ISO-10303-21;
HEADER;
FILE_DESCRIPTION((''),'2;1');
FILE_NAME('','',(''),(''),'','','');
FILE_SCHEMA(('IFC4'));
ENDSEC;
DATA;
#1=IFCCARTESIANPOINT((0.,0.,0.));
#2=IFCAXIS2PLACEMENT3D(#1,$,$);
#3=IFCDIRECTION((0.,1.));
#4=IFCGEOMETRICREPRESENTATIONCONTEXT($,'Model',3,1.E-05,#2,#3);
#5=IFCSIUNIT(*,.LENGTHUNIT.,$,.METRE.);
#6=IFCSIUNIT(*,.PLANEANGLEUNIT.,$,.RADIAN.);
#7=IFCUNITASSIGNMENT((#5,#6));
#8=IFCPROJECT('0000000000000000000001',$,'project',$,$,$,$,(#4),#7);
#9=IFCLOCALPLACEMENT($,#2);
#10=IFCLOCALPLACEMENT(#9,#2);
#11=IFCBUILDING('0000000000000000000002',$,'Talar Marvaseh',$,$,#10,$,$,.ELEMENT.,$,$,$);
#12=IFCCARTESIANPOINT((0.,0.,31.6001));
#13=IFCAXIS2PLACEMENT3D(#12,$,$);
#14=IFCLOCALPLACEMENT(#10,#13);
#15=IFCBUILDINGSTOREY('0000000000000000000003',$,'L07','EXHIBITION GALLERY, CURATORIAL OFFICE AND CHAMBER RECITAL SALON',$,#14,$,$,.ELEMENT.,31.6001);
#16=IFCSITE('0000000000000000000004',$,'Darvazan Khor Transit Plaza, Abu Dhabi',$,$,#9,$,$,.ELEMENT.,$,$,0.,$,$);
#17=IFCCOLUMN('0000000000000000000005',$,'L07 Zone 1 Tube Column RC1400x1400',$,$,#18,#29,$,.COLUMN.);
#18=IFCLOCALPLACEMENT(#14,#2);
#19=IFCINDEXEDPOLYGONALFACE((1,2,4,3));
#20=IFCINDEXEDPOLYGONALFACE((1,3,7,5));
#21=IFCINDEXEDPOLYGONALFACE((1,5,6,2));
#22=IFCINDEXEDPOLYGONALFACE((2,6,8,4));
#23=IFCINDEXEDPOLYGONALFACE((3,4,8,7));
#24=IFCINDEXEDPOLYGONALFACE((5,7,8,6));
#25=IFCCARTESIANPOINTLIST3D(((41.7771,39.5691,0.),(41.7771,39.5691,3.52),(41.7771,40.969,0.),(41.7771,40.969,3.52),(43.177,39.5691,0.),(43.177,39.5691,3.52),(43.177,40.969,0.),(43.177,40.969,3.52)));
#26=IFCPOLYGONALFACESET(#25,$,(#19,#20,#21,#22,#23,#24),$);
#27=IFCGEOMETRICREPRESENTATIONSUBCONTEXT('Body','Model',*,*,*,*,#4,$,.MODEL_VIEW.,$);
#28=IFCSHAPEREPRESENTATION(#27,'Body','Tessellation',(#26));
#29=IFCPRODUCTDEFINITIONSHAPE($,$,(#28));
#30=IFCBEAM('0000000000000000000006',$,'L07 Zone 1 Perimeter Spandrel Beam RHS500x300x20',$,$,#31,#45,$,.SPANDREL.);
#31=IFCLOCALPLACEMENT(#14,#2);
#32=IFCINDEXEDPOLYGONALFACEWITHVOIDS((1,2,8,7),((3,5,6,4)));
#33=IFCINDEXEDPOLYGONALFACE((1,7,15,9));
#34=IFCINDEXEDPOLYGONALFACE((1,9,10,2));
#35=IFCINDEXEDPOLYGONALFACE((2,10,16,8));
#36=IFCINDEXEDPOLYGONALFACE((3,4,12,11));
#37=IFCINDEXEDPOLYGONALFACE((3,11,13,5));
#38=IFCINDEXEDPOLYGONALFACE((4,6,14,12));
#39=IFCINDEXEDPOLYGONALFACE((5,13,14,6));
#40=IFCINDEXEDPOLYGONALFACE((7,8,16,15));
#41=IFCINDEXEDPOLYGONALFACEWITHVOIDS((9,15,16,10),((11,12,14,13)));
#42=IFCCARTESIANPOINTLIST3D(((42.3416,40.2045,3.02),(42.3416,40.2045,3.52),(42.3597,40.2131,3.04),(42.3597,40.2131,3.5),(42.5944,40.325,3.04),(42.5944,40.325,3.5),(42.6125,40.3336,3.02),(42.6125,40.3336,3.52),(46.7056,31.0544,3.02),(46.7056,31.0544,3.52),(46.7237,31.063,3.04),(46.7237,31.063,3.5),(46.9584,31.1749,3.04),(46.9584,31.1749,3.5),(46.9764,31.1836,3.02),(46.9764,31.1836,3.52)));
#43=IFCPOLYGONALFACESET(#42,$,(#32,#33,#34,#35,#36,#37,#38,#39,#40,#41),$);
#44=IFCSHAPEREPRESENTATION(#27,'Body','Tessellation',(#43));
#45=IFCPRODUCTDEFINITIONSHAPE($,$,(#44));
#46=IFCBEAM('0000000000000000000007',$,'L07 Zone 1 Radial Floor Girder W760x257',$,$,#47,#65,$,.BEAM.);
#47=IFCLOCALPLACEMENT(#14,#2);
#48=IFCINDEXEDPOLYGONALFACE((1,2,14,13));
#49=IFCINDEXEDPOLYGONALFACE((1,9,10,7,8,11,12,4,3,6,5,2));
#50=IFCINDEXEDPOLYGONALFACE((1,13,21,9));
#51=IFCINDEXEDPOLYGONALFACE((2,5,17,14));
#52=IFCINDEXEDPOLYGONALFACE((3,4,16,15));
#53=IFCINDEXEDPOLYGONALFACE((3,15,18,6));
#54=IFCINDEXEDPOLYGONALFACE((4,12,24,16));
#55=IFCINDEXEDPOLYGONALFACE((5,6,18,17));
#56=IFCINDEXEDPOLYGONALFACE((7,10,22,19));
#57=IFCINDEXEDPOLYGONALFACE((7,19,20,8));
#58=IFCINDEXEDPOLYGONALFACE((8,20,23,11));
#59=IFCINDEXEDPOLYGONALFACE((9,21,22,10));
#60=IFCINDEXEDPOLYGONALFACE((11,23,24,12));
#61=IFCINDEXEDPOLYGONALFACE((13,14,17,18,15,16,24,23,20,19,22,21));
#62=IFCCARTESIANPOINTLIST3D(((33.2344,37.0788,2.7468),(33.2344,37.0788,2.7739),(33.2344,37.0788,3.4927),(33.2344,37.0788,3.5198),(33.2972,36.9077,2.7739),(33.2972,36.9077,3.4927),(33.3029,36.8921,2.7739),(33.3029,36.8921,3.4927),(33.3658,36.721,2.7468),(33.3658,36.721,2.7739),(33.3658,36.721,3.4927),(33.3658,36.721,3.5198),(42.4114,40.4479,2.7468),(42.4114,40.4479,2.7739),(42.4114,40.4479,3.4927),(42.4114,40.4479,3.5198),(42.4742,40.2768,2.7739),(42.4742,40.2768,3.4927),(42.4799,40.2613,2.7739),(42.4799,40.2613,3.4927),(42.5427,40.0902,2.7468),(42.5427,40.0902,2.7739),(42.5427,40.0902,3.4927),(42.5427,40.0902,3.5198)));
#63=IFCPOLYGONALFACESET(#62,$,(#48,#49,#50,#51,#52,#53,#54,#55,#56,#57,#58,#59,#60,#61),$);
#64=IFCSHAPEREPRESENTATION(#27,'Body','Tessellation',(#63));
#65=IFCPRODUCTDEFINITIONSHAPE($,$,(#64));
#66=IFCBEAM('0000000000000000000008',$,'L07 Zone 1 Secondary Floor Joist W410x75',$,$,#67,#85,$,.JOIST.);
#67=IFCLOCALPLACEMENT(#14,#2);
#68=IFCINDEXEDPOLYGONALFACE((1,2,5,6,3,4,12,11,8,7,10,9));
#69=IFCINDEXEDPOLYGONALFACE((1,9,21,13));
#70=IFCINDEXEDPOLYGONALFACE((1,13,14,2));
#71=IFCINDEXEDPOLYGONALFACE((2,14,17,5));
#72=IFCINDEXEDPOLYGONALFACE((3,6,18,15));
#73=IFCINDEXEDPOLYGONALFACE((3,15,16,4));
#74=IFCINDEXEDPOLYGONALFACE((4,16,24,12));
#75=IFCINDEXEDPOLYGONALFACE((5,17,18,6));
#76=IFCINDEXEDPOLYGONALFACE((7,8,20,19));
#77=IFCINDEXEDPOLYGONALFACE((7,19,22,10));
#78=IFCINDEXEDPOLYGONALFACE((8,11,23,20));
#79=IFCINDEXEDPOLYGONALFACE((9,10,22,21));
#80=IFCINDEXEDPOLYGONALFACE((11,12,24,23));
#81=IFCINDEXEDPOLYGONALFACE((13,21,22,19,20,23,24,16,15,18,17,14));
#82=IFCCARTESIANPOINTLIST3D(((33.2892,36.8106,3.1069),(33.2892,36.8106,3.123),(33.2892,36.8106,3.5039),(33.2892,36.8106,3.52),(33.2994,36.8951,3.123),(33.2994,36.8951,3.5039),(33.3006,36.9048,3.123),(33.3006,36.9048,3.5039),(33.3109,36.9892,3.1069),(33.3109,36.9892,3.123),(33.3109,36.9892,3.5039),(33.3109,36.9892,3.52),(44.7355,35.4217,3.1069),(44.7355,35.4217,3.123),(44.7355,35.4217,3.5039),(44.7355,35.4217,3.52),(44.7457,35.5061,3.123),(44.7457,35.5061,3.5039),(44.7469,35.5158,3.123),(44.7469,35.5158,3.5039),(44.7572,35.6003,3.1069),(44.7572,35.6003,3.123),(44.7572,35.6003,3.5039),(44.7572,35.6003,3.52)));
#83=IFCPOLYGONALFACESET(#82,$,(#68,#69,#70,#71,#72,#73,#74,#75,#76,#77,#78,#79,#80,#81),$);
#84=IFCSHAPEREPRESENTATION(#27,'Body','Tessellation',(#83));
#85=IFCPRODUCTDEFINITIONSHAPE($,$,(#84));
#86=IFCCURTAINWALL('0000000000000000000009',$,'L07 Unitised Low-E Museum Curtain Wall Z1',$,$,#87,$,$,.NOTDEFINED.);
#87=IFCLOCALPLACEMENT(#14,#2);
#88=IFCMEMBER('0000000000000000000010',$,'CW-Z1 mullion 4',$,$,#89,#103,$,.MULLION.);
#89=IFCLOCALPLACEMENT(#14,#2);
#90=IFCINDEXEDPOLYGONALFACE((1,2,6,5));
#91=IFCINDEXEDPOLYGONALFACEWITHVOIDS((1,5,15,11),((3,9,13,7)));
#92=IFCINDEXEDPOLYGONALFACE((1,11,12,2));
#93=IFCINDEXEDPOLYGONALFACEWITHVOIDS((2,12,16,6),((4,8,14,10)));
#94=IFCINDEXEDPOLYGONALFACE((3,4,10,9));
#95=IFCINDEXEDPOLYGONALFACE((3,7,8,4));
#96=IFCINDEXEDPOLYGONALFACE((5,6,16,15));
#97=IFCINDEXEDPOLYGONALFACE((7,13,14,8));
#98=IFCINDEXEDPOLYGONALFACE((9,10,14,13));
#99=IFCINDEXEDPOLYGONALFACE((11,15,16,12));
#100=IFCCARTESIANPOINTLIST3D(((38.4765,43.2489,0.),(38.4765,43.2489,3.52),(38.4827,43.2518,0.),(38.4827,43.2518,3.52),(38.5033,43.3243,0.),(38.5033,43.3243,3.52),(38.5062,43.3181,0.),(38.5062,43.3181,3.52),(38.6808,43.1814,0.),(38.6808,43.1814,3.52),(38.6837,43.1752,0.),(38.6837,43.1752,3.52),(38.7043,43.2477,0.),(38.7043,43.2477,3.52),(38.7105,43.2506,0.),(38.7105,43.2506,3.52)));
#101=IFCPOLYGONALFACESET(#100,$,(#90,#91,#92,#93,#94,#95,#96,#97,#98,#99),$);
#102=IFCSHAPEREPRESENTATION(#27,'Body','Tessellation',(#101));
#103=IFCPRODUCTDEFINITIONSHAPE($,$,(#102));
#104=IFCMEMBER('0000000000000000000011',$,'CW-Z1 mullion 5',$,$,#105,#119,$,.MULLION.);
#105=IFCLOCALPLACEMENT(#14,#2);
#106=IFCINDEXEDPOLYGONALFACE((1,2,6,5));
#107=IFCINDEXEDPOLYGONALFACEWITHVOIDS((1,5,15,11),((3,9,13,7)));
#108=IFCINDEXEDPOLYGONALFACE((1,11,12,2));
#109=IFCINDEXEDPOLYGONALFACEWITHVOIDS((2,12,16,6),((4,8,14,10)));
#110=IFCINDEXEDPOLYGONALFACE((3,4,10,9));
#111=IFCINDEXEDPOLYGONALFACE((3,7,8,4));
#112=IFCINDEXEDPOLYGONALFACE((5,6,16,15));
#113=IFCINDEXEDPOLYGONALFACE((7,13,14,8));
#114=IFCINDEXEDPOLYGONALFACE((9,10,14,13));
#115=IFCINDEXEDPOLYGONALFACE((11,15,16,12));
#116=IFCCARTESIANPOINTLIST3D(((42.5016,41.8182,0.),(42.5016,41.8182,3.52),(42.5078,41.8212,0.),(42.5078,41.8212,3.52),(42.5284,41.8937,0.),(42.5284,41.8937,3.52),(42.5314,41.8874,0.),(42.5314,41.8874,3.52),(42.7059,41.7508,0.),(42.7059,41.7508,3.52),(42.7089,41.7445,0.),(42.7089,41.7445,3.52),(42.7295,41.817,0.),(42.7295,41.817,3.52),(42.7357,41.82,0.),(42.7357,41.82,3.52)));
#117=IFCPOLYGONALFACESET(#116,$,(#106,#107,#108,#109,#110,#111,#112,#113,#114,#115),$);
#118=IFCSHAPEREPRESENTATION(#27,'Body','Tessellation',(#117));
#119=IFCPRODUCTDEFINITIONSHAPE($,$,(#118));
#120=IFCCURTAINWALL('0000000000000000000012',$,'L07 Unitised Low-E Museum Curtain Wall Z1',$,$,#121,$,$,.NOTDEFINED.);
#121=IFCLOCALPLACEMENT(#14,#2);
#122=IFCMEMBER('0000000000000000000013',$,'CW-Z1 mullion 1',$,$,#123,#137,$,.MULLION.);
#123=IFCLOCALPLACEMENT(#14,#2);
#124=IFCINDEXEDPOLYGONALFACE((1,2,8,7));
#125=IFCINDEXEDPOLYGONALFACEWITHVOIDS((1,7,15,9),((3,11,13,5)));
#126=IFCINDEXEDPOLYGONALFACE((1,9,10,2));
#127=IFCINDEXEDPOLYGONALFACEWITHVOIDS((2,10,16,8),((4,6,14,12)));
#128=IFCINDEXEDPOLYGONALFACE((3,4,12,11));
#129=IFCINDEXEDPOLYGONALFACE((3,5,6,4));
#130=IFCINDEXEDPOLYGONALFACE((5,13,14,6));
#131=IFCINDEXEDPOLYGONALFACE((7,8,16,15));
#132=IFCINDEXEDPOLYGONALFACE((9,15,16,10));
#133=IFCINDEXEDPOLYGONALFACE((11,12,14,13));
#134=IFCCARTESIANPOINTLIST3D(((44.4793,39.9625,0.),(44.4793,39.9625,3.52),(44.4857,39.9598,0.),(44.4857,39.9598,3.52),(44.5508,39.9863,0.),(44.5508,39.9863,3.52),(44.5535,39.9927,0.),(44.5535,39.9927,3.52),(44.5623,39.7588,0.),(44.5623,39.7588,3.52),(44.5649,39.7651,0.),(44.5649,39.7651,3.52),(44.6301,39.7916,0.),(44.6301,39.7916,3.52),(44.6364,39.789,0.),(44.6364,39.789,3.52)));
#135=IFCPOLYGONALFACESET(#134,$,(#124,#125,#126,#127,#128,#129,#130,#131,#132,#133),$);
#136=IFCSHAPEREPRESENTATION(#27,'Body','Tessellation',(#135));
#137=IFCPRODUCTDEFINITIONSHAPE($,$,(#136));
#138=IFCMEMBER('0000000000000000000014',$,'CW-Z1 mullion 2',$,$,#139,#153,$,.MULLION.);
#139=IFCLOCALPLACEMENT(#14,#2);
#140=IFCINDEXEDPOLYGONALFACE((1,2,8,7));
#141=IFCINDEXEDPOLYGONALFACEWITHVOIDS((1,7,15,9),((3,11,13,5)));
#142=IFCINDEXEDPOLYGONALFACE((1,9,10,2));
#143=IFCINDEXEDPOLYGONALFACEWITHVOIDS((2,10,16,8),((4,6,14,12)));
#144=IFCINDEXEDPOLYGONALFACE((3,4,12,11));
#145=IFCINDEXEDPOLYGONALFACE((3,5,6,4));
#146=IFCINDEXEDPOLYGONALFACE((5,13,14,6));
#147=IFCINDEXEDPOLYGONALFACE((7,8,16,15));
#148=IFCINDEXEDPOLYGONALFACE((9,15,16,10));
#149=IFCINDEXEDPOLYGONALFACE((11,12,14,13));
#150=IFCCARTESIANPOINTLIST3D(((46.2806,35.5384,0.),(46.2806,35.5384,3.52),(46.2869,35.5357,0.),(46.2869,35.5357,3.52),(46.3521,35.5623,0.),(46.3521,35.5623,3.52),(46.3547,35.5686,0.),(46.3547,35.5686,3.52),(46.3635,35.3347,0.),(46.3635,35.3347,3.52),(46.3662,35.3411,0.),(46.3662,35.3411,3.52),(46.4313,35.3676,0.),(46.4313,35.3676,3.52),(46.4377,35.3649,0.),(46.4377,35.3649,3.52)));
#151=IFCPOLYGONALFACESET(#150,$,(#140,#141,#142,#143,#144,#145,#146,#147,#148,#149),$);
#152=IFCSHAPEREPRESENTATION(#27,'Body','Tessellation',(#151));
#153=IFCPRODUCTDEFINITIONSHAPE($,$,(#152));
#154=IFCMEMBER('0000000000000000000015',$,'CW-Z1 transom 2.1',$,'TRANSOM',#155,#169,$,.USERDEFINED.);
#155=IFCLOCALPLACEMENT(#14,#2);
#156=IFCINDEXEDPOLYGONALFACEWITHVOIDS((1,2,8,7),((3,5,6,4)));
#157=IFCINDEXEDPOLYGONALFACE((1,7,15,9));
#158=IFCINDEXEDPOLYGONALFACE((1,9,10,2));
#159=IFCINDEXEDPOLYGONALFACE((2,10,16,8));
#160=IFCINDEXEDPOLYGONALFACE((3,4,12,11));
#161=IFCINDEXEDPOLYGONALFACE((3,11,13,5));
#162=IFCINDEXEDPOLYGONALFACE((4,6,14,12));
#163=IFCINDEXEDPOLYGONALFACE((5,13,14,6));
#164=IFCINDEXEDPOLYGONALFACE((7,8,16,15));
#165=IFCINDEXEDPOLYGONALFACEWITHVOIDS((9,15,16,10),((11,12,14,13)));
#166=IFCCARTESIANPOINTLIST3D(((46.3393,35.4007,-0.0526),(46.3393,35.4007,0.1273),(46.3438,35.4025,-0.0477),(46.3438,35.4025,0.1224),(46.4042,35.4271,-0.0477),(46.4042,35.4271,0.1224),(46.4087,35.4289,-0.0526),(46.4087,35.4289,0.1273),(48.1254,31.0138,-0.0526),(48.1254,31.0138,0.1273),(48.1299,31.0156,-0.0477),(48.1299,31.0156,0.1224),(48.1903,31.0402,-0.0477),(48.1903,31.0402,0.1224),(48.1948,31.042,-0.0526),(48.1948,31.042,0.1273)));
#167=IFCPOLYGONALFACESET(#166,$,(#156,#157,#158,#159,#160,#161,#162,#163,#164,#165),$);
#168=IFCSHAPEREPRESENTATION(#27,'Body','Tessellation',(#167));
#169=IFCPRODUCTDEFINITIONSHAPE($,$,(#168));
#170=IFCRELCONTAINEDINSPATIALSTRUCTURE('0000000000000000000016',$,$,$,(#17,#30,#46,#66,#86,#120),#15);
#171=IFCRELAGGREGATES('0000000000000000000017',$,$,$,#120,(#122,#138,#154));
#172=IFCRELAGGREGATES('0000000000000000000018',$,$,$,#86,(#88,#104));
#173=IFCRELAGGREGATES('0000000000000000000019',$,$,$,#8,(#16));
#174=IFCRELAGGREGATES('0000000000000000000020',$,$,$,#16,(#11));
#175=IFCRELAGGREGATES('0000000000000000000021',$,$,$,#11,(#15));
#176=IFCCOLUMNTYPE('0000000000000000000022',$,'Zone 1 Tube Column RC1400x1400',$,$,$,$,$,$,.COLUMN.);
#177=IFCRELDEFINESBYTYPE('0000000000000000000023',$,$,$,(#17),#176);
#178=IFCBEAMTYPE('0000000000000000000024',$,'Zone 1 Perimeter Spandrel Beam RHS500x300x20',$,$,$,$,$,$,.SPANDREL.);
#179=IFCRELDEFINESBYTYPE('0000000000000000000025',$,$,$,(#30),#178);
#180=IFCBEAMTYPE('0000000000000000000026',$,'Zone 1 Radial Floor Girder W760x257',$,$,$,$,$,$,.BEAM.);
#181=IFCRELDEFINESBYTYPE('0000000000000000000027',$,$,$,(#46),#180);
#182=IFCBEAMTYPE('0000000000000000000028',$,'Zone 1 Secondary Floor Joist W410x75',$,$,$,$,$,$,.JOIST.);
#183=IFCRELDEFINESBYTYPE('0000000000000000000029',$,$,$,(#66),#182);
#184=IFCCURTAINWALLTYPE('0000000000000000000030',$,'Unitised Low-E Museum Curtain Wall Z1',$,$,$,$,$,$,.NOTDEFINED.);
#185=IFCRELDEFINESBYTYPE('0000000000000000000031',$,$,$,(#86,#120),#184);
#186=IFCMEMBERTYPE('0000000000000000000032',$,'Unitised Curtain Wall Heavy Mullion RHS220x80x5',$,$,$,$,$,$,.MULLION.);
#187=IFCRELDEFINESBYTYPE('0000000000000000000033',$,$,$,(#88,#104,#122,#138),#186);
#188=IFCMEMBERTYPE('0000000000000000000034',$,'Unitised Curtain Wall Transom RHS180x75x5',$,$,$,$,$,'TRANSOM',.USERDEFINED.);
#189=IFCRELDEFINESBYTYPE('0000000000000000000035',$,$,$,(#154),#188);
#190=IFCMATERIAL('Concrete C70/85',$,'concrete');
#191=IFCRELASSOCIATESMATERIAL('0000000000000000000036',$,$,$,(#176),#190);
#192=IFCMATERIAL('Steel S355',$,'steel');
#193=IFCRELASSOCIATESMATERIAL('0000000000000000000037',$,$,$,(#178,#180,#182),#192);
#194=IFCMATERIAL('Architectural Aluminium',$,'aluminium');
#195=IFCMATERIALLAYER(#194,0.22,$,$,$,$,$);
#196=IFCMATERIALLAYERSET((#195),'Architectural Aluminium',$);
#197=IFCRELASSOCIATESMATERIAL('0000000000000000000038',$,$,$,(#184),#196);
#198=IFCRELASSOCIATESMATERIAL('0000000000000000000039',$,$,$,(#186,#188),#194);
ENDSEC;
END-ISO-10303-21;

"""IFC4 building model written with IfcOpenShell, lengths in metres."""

from ifc_helpers import new_model, si_unit, direction, frame, origin, origin_2d, place, context, subcontext, project, spatial, rectangle, hollow_rectangle, i_section, extrude, source, transform, mapped, material, layer, layer_set, material_profile, profile_set, type_object, type_shapes, element, aggregate, save


model = new_model("IFC4")

# Units and contexts
model_context = context("Model", 3, precision=1e-05, world=origin(), true_north=direction((0.0, 1.0)))
body_context = subcontext(model_context, "Body", "Model", "MODEL_VIEW")
ifc_project = project(units=[si_unit("LENGTHUNIT", "METRE"), si_unit("PLANEANGLEUNIT", "RADIAN")], contexts=[model_context])

# Site, building, storey
site_placement = place(None, origin())
site = spatial("IfcSite", under=ifc_project, at=site_placement, Name="Darvazan Khor Transit Plaza, Abu Dhabi", CompositionType="ELEMENT", RefElevation=0.0)
building_placement = place(site_placement, origin())
building = spatial("IfcBuilding", under=site, at=building_placement, Name="Talar Marvaseh", CompositionType="ELEMENT")
storey_placement = place(building_placement, frame((0.0, 0.0, 31.6001)))
storey = spatial("IfcBuildingStorey", under=building, at=storey_placement, Name="L07", Description="EXHIBITION GALLERY, CURATORIAL OFFICE AND CHAMBER RECITAL SALON", CompositionType="ELEMENT", Elevation=31.6001)

# Column
ifc_material_1 = material(Name="Concrete C70/85", Category="concrete")
ifc_material_profile_1 = material_profile(ifc_material_1, rectangle(XDim=1.3999, YDim=1.3999, at=origin_2d()), Name="RC1400x1400")
ifc_profile_set_1 = profile_set([ifc_material_profile_1], Name="Concrete C70/85")
column_type = type_object("IfcColumnType", Name="Zone 1 Tube Column RC1400x1400", PredefinedType="COLUMN", material=ifc_profile_set_1)
column_placement = place(storey_placement, frame((42.4771, 40.269, 0.0), z_axis=(0.0, 0.0, 1.0), x_axis=(1.0, 0.0, 0.0)))
element("IfcColumn", 1, at=column_placement, inside=storey, type_object=column_type, Name="L07 Zone 1 Tube Column RC1400x1400", PredefinedType="COLUMN", context=body_context, shape_type="SweptSolid", body=[
    extrude(rectangle(XDim=1.3999, YDim=1.3999, at=origin_2d()), origin(), (0.0, 0.0, 1.0), 3.52),
])

# Beams
ifc_material_2 = material(Name="Steel S355", Category="steel")
ifc_material_profile_2 = material_profile(ifc_material_2, hollow_rectangle(XDim=0.3, YDim=0.5, WallThickness=0.02, at=origin_2d()), Name="RHS500x300x20")
ifc_profile_set_2 = profile_set([ifc_material_profile_2], Name="Steel S355")
beam_type_1 = type_object("IfcBeamType", Name="Zone 1 Perimeter Spandrel Beam RHS500x300x20", PredefinedType="SPANDREL", material=ifc_profile_set_2)
beam_1_placement = place(storey_placement, frame((42.4771, 40.269, 3.27), z_axis=(0.43048, -0.9026, 0.0), x_axis=(0.9026, 0.43048, 0.0)))
element("IfcBeam", 2, at=beam_1_placement, inside=storey, type_object=beam_type_1, Name="L07 Zone 1 Perimeter Spandrel Beam RHS500x300x20", PredefinedType="SPANDREL", context=body_context, shape_type="SweptSolid", body=[
    extrude(hollow_rectangle(XDim=0.3, YDim=0.5, WallThickness=0.02, at=origin_2d()), origin(), (0.0, 0.0, 1.0), 10.1375),
])
ifc_material_profile_3 = material_profile(ifc_material_2, i_section(OverallWidth=0.3811, OverallDepth=0.7729, WebThickness=0.0166, FlangeThickness=0.0271, at=origin_2d()), Name="W760x257")
ifc_profile_set_3 = profile_set([ifc_material_profile_3], Name="Steel S355")
beam_type_2 = type_object("IfcBeamType", Name="Zone 1 Radial Floor Girder W760x257", PredefinedType="BEAM", material=ifc_profile_set_3)
beam_2_placement = place(storey_placement, frame((42.4771, 40.269, 3.1333), z_axis=(-0.938736, -0.344637, 0.0), x_axis=(0.344637, -0.938736, 0.0)))
element("IfcBeam", 3, at=beam_2_placement, inside=storey, type_object=beam_type_2, Name="L07 Zone 1 Radial Floor Girder W760x257", PredefinedType="BEAM", context=body_context, shape_type="SweptSolid", body=[
    extrude(i_section(OverallWidth=0.3811, OverallDepth=0.7729, WebThickness=0.0166, FlangeThickness=0.0271, at=origin_2d()), origin(), (0.0, 0.0, 1.0), 9.7759),
])
ifc_material_profile_4 = material_profile(ifc_material_2, i_section(OverallWidth=0.1799, OverallDepth=0.4131, WebThickness=0.0098, FlangeThickness=0.0161, at=origin_2d()), Name="W410x75")
ifc_profile_set_4 = profile_set([ifc_material_profile_4], Name="Steel S355")
beam_type_3 = type_object("IfcBeamType", Name="Zone 1 Secondary Floor Joist W410x75", PredefinedType="JOIST", material=ifc_profile_set_4)
beam_3_placement = place(storey_placement, frame((44.7463, 35.511, 3.3135), z_axis=(-0.992718, 0.120458, 0.0), x_axis=(-0.120458, -0.992718, 0.0)))
element("IfcBeam", 4, at=beam_3_placement, inside=storey, type_object=beam_type_3, Name="L07 Zone 1 Secondary Floor Joist W410x75", PredefinedType="JOIST", context=body_context, shape_type="SweptSolid", body=[
    extrude(i_section(OverallWidth=0.1799, OverallDepth=0.4131, WebThickness=0.0098, FlangeThickness=0.0161, at=origin_2d()), origin(), (0.0, 0.0, 1.0), 11.5303),
])

# Curtain walls, members
ifc_material_3 = material(Name="Architectural Aluminium", Category="aluminium")
ifc_layer_1 = layer(ifc_material_3, 0.22)
ifc_layer_set_1 = layer_set([ifc_layer_1], Name="Architectural Aluminium")
curtain_wall_type = type_object("IfcCurtainWallType", Name="Unitised Low-E Museum Curtain Wall Z1", PredefinedType="NOTDEFINED", material=ifc_layer_set_1)
curtain_wall_1_placement = place(storey_placement, origin())
curtain_wall_1 = element("IfcCurtainWall", 5, at=curtain_wall_1_placement, inside=storey, type_object=curtain_wall_type, Name="L07 Unitised Low-E Museum Curtain Wall Z1", PredefinedType="NOTDEFINED")
ifc_material_profile_5 = material_profile(ifc_material_3, hollow_rectangle(XDim=0.0801, YDim=0.22, WallThickness=0.0049, at=origin_2d()), Name="RHS220x80x5")
ifc_profile_set_5 = profile_set([ifc_material_profile_5], Name="Architectural Aluminium")
member_type_1 = type_object("IfcMemberType", Name="Unitised Curtain Wall Heavy Mullion RHS220x80x5", PredefinedType="MULLION", material=ifc_profile_set_5)
shared_shape_1 = source(origin(), body_context, "Body", "SweptSolid", [
    extrude(hollow_rectangle(XDim=0.0801, YDim=0.22, WallThickness=0.0049, at=origin_2d()), origin(), (0.0, 0.0, 1.0), 3.52),
])
type_shapes(member_type_1, [shared_shape_1])
member_1_placement = place(storey_placement, frame((38.5935, 43.2498, 0.0), z_axis=(0.0, 0.0, 1.0), x_axis=(0.334923, 0.942245, 0.0)))
member_1 = element("IfcMember", 6, at=member_1_placement, type_object=member_type_1, Name="CW-Z1 mullion 4", PredefinedType="MULLION", context=body_context, shape_type="MappedRepresentation", body=[
    mapped(shared_shape_1, transform((0.0, 0.0, 0.0), x_axis=(1.0, 0.0, 0.0), y_axis=(0.0, 1.0, 0.0), z_axis=(0.0, 0.0, 1.0), scale=1.0)),
])
member_2_placement = place(storey_placement, frame((42.6187, 41.8191, 0.0), z_axis=(0.0, 0.0, 1.0), x_axis=(0.334923, 0.942245, 0.0)))
member_2 = element("IfcMember", 7, at=member_2_placement, type_object=member_type_1, Name="CW-Z1 mullion 5", PredefinedType="MULLION", context=body_context, shape_type="MappedRepresentation", body=[
    mapped(shared_shape_1, transform((0.0, 0.0, 0.0), x_axis=(1.0, 0.0, 0.0), y_axis=(0.0, 1.0, 0.0), z_axis=(0.0, 0.0, 1.0), scale=1.0)),
])
curtain_wall_2_placement = place(storey_placement, origin())
curtain_wall_2 = element("IfcCurtainWall", 8, at=curtain_wall_2_placement, inside=storey, type_object=curtain_wall_type, Name="L07 Unitised Low-E Museum Curtain Wall Z1", PredefinedType="NOTDEFINED")
member_3_placement = place(storey_placement, frame((44.5579, 39.8757, 0.0), z_axis=(0.0, 0.0, 1.0), x_axis=(0.926174, 0.377096, 0.0)))
member_3 = element("IfcMember", 9, at=member_3_placement, type_object=member_type_1, Name="CW-Z1 mullion 1", PredefinedType="MULLION", context=body_context, shape_type="MappedRepresentation", body=[
    mapped(shared_shape_1, transform((0.0, 0.0, 0.0), x_axis=(1.0, 0.0, 0.0), y_axis=(0.0, 1.0, 0.0), z_axis=(0.0, 0.0, 1.0), scale=1.0)),
])
member_4_placement = place(storey_placement, frame((46.3591, 35.4517, 0.0), z_axis=(0.0, 0.0, 1.0), x_axis=(0.926174, 0.377096, 0.0)))
member_4 = element("IfcMember", 10, at=member_4_placement, type_object=member_type_1, Name="CW-Z1 mullion 2", PredefinedType="MULLION", context=body_context, shape_type="MappedRepresentation", body=[
    mapped(shared_shape_1, transform((0.0, 0.0, 0.0), x_axis=(1.0, 0.0, 0.0), y_axis=(0.0, 1.0, 0.0), z_axis=(0.0, 0.0, 1.0), scale=1.0)),
])
ifc_material_profile_6 = material_profile(ifc_material_3, hollow_rectangle(XDim=0.075, YDim=0.1799, WallThickness=0.0049, at=origin_2d()), Name="RHS180x75x5")
ifc_profile_set_6 = profile_set([ifc_material_profile_6], Name="Architectural Aluminium")
member_type_2 = type_object("IfcMemberType", Name="Unitised Curtain Wall Transom RHS180x75x5", ElementType="TRANSOM", PredefinedType="USERDEFINED", material=ifc_profile_set_6)
shared_shape_2 = source(origin(), body_context, "Body", "SweptSolid", [
    extrude(hollow_rectangle(XDim=0.075, YDim=0.1799, WallThickness=0.0049, at=origin_2d()), origin(), (0.0, 0.0, 1.0), 4.7366),
])
member_5_placement = place(storey_placement, frame((46.374, 35.4148, 0.0374), z_axis=(0.377089, -0.926177, 0.0), x_axis=(0.926177, 0.377089, 0.0)))
member_5 = element("IfcMember", 11, at=member_5_placement, type_object=member_type_2, Name="CW-Z1 transom 2.1", ObjectType="TRANSOM", PredefinedType="USERDEFINED", context=body_context, shape_type="MappedRepresentation", body=[
    mapped(shared_shape_2, transform((0.0, 0.0, 0.0), x_axis=(1.0, 0.0, 0.0), y_axis=(0.0, 1.0, 0.0), z_axis=(0.0, 0.0, 1.0), scale=1.0)),
])

aggregate(curtain_wall_2, [member_3, member_4, member_5])
aggregate(curtain_wall_1, [member_1, member_2])

save(model, "model.ifc")
